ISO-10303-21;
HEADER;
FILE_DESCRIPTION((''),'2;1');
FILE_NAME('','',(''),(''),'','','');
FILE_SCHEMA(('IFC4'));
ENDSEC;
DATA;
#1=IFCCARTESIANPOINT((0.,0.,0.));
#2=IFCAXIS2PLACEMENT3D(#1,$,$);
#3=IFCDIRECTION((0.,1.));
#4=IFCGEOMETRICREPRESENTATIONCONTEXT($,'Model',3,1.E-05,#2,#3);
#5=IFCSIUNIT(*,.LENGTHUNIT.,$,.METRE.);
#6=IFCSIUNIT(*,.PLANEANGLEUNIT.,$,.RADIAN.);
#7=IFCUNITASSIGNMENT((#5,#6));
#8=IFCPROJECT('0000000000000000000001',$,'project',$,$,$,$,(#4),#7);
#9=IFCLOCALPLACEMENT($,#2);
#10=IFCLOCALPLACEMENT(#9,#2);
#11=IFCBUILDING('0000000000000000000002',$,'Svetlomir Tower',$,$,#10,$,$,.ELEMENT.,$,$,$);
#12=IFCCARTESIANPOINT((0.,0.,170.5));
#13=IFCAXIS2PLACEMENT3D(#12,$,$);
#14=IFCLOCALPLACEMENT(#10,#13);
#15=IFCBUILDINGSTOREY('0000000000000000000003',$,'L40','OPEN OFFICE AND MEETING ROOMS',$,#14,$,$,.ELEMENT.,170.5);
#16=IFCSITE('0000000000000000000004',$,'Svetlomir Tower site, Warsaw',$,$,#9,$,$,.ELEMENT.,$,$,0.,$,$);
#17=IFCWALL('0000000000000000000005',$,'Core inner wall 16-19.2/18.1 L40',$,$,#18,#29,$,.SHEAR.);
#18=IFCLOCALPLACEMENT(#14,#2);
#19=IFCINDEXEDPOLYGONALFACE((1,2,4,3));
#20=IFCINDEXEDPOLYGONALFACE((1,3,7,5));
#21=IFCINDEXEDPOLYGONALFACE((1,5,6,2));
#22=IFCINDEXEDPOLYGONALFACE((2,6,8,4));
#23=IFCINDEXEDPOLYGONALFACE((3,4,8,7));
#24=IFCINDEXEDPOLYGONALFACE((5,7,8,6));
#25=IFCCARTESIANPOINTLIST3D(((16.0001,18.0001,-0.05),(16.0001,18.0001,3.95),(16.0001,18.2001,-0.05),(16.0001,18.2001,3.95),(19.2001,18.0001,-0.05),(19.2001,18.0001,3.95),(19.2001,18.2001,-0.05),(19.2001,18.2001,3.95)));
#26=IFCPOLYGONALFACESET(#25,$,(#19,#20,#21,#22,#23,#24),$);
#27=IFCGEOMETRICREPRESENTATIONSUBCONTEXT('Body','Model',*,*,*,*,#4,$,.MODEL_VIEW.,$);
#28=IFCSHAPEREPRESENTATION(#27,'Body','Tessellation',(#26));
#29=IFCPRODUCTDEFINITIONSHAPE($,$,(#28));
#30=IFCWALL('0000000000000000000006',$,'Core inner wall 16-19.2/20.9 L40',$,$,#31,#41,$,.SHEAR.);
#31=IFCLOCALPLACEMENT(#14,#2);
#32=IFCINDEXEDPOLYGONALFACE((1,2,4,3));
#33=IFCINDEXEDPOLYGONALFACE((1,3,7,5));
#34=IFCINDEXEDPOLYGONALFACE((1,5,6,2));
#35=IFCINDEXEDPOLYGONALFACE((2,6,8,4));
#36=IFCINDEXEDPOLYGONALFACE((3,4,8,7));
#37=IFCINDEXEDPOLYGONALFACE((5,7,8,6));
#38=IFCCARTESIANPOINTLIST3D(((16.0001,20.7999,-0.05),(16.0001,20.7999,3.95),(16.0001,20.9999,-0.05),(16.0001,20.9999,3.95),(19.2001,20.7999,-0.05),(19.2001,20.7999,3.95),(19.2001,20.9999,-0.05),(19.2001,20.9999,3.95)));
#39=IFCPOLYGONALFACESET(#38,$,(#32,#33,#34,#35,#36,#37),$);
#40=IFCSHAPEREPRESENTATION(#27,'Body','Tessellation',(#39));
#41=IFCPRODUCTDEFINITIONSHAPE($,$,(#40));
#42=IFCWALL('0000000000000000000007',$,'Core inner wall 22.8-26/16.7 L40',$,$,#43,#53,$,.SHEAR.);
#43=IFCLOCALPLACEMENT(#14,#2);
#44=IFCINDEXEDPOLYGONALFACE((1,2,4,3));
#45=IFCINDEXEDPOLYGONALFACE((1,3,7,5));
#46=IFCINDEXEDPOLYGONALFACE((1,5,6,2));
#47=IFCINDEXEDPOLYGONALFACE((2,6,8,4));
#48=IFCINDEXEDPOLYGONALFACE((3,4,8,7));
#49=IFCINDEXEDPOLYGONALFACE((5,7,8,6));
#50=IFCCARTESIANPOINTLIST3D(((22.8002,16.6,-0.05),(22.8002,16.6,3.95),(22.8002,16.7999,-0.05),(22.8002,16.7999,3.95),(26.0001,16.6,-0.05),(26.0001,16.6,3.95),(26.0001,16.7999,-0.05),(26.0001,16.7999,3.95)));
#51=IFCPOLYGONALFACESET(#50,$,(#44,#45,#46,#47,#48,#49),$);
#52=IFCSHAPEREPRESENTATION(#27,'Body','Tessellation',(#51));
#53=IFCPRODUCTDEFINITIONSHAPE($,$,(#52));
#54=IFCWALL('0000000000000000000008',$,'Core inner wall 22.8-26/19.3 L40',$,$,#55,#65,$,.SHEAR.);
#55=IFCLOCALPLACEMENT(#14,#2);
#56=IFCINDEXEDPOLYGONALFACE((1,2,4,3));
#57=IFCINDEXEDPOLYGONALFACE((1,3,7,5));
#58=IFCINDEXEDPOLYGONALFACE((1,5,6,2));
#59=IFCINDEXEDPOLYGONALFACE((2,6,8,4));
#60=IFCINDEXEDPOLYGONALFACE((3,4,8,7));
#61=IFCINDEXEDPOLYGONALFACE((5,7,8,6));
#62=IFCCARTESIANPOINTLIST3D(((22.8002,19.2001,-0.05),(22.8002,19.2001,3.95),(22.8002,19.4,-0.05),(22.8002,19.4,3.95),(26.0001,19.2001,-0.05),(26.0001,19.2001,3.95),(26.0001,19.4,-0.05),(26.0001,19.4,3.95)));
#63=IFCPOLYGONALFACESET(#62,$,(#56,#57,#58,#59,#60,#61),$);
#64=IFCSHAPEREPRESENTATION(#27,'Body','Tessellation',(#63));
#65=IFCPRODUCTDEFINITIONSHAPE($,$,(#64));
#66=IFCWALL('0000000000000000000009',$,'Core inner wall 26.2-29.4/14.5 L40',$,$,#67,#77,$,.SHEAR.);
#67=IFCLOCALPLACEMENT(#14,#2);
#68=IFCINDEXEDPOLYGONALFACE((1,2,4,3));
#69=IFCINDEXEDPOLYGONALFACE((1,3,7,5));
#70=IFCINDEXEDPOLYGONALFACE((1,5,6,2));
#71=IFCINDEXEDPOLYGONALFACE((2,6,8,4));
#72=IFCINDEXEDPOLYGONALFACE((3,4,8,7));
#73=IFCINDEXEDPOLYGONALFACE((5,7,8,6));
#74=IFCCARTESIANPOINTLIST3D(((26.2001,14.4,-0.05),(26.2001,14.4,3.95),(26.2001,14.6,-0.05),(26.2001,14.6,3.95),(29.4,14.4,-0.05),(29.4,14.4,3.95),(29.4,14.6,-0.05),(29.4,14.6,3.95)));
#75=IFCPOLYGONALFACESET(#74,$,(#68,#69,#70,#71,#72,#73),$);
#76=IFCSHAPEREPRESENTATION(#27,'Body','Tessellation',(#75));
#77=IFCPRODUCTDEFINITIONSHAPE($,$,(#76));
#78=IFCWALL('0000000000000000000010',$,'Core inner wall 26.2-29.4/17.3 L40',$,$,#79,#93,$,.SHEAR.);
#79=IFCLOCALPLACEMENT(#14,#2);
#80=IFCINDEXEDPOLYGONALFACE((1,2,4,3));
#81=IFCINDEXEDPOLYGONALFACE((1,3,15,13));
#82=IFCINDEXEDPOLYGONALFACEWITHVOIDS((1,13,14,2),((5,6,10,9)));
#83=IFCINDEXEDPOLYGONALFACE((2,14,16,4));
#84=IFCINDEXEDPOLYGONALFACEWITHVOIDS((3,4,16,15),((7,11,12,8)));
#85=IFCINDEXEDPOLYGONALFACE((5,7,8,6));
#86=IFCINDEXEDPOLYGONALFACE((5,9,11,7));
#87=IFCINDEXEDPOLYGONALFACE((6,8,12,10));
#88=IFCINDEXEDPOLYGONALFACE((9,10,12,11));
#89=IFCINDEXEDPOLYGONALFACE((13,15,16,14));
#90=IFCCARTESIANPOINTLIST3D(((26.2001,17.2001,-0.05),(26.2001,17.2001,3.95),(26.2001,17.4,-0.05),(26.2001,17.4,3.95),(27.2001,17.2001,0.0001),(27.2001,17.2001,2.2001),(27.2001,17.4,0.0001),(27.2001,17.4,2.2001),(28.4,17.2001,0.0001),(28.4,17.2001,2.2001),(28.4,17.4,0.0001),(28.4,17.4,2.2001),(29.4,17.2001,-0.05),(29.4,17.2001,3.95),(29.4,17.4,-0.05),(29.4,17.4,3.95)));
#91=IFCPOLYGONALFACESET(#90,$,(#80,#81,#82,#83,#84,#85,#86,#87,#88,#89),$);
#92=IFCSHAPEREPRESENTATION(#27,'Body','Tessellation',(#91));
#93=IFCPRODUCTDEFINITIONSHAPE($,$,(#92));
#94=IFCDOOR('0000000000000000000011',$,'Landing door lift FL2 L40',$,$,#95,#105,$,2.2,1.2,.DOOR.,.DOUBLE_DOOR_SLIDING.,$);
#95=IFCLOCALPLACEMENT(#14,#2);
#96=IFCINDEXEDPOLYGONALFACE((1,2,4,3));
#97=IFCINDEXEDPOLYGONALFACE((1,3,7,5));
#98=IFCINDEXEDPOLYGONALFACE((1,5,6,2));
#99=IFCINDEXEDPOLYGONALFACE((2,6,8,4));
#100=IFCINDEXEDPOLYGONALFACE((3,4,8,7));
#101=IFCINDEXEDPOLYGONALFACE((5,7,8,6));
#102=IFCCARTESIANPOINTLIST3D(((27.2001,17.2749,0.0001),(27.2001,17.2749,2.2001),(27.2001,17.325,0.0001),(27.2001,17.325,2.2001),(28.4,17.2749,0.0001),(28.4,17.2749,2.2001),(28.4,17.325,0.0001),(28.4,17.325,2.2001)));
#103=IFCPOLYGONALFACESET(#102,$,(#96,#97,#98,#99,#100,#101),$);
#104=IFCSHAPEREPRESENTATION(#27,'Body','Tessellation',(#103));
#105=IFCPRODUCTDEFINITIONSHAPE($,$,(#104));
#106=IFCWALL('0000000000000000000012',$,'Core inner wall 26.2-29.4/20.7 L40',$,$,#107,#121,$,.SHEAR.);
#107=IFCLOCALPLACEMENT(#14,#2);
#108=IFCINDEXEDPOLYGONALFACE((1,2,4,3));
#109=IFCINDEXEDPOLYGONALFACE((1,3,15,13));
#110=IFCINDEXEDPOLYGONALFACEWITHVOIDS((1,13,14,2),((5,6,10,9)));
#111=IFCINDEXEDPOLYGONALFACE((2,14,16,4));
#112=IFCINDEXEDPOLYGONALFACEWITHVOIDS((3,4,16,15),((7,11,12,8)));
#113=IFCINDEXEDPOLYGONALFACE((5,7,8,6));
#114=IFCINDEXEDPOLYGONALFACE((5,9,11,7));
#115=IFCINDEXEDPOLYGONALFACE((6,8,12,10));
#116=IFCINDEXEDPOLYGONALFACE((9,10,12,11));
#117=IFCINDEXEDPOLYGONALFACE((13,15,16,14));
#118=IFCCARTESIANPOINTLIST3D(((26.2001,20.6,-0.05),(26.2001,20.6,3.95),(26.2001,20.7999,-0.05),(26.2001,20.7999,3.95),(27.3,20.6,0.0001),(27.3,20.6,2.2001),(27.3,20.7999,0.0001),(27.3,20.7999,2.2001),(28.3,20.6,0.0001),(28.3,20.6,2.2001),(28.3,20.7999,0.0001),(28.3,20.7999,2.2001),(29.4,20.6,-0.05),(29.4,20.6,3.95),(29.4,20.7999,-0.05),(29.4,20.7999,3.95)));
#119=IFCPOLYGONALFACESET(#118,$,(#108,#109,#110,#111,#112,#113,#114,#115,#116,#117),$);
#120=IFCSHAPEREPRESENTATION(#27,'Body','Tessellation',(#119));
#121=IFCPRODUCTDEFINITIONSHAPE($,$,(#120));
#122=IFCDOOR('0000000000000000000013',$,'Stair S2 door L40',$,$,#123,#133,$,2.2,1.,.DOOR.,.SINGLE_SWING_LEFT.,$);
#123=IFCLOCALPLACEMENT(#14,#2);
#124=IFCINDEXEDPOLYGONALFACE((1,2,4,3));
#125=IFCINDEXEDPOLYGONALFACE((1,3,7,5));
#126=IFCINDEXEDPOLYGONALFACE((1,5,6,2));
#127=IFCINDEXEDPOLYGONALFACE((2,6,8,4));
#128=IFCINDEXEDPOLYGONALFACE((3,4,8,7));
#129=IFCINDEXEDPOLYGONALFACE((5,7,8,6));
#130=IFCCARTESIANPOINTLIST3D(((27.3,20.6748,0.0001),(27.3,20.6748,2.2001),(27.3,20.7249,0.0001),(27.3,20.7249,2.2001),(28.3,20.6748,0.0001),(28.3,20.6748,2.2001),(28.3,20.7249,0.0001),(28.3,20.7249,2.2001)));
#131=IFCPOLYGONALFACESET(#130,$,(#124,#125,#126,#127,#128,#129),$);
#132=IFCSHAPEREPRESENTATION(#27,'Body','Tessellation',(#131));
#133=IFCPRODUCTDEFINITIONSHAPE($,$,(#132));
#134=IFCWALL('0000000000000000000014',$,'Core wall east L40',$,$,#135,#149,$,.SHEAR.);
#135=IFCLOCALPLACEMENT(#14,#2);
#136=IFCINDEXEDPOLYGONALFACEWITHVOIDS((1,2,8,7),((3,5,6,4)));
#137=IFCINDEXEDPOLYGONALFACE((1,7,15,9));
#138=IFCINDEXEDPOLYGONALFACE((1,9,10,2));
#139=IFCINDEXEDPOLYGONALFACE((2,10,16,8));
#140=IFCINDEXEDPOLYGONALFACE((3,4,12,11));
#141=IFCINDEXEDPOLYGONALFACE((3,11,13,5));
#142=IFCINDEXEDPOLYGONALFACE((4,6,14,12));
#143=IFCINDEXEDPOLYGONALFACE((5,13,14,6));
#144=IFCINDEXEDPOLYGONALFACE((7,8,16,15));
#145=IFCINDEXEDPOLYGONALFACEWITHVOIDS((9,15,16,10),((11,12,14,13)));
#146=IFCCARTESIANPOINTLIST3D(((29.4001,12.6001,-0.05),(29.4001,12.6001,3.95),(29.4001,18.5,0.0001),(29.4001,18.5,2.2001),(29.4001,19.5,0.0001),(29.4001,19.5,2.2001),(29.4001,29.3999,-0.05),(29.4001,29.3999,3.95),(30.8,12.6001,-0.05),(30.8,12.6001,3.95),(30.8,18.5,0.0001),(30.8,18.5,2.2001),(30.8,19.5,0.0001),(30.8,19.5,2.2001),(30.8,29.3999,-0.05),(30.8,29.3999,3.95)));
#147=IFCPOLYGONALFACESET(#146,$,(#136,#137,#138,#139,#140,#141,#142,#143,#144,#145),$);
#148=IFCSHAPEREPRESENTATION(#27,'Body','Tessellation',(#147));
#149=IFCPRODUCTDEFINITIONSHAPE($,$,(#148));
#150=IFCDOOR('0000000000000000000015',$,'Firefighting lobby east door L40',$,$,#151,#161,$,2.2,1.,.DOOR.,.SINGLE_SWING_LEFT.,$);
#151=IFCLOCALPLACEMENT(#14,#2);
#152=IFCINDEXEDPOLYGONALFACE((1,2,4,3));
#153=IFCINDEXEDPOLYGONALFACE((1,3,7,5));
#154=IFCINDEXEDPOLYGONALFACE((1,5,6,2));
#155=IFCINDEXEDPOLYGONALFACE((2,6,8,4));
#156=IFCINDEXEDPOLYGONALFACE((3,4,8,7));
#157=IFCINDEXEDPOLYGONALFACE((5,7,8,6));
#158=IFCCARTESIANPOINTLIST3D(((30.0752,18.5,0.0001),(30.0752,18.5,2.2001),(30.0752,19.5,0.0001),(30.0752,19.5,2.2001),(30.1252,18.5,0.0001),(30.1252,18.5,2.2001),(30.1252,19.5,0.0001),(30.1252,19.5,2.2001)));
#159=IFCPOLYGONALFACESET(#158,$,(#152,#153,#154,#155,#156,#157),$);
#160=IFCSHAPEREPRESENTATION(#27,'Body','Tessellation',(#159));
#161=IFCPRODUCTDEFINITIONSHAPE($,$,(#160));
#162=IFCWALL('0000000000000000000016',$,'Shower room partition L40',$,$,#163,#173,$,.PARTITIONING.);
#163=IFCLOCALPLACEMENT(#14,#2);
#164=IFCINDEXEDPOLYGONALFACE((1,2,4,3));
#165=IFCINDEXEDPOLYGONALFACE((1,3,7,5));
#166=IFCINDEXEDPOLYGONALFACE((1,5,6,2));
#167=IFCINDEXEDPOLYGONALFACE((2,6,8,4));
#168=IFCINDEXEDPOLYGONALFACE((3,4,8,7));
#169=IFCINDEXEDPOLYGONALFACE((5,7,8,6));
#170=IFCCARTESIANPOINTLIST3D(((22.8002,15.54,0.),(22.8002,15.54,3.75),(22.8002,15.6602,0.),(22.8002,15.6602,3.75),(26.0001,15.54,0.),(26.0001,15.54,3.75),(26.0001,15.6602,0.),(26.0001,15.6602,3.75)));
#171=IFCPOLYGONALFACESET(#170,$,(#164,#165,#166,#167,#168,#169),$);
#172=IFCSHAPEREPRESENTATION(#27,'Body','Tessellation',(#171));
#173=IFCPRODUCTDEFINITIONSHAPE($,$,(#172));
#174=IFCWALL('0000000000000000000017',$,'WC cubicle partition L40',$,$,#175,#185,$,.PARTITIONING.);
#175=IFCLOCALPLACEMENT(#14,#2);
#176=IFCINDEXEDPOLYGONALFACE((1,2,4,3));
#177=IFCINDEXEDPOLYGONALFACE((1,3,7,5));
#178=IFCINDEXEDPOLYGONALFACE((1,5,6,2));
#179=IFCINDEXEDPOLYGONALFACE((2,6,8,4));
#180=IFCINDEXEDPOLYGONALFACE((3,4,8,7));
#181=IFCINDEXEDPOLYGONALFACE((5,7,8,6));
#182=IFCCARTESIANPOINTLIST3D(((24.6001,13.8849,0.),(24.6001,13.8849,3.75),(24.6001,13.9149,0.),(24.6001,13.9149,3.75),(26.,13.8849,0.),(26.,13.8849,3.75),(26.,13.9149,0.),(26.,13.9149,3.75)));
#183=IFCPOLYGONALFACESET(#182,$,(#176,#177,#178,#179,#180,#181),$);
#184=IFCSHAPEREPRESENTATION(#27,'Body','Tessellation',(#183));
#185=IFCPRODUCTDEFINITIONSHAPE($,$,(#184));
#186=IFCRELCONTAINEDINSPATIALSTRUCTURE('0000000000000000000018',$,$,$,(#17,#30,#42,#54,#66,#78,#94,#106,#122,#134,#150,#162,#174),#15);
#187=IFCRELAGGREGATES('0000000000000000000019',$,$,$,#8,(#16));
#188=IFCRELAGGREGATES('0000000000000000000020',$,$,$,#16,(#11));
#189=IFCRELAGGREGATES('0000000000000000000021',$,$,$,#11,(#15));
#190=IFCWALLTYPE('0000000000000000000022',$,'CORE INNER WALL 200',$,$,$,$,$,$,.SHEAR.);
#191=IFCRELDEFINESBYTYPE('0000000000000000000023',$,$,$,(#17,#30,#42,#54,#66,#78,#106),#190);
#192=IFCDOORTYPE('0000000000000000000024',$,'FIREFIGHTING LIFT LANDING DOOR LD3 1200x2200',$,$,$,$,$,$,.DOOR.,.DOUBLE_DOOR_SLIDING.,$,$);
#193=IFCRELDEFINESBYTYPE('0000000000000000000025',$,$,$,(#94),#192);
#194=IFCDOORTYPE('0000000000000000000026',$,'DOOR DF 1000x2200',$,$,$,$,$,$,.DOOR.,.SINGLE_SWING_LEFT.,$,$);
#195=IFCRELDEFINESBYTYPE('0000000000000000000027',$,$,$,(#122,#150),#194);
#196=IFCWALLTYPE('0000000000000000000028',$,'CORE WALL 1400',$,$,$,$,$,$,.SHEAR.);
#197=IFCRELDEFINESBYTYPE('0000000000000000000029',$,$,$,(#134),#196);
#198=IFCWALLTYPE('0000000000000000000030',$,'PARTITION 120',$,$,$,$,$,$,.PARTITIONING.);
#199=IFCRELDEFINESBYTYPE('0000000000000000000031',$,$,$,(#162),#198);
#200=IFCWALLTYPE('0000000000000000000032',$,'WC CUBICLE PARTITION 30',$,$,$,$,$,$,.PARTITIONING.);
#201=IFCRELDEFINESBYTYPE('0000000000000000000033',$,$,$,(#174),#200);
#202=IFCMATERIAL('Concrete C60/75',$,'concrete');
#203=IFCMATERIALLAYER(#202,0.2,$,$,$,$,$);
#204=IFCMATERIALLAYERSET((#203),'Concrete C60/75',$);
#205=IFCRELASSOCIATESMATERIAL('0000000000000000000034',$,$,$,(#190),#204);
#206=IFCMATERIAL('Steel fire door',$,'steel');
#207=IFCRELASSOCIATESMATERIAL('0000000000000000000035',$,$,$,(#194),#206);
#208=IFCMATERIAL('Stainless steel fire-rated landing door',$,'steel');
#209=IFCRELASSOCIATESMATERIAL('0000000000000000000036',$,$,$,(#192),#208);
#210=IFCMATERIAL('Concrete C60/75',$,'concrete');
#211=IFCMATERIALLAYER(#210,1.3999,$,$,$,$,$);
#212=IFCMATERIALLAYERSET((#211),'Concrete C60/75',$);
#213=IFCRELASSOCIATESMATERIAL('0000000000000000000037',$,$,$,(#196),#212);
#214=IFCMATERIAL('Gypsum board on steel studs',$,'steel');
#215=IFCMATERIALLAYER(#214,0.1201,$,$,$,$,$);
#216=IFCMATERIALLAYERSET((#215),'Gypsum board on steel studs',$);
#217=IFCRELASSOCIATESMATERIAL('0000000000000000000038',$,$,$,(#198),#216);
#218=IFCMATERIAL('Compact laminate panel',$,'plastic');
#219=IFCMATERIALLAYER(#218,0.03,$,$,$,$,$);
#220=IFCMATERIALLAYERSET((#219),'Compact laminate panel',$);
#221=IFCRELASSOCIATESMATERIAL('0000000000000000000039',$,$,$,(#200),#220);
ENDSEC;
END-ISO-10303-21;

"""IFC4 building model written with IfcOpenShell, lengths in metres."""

from ifc_helpers import new_model, si_unit, direction, frame, frame_2d, origin, place, context, subcontext, project, spatial, rectangle, extrude, material, layer, layer_set, type_object, element, fill, save


model = new_model("IFC4")

# Units and contexts
model_context = context("Model", 3, precision=1e-05, world=origin(), true_north=direction((0.0, 1.0)))
body_context = subcontext(model_context, "Body", "Model", "MODEL_VIEW")
ifc_project = project(units=[si_unit("LENGTHUNIT", "METRE"), si_unit("PLANEANGLEUNIT", "RADIAN")], contexts=[model_context])

# Site, building, storey
site_placement = place(None, origin())
site = spatial("IfcSite", under=ifc_project, at=site_placement, Name="Svetlomir Tower site, Warsaw", CompositionType="ELEMENT", RefElevation=0.0)
building_placement = place(site_placement, origin())
building = spatial("IfcBuilding", under=site, at=building_placement, Name="Svetlomir Tower", CompositionType="ELEMENT")
storey_placement = place(building_placement, frame((0.0, 0.0, 170.5)))
storey = spatial("IfcBuildingStorey", under=building, at=storey_placement, Name="L40", Description="OPEN OFFICE AND MEETING ROOMS", CompositionType="ELEMENT", Elevation=170.5)

# Shared definitions
ifc_material_1 = material(Name="Concrete C60/75", Category="concrete")
ifc_layer_1 = layer(ifc_material_1, 0.2)
ifc_layer_set_1 = layer_set([ifc_layer_1], Name="Concrete C60/75")
wall_type_1 = type_object("IfcWallType", Name="CORE INNER WALL 200", PredefinedType="SHEAR", material=ifc_layer_set_1)

# Shared definitions
ifc_material_2 = material(Name="Steel fire door", Category="steel")
door_type_1 = type_object("IfcDoorType", Name="DOOR DF 1000x2200", OperationType="SINGLE_SWING_LEFT", PredefinedType="DOOR", material=ifc_material_2)

# Walls
for number, where, z_axis, x_axis, name in (
    (1, (16.0, 18.1001, -0.05), (0.0, 0.0, 1.0), (1.0, 0.0, 0.0), "Core inner wall 16-19.2/18.1 L40"),
    (2, (16.0, 20.8999, -0.05), (0.0, 0.0, 1.0), (1.0, 0.0, 0.0), "Core inner wall 16-19.2/20.9 L40"),
    (3, (22.8, 16.7, -0.05), (0.0, 0.0, 1.0), (1.0, 0.0, 0.0), "Core inner wall 22.8-26/16.7 L40"),
    (4, (22.8, 19.3, -0.05), (0.0, 0.0, 1.0), (1.0, 0.0, 0.0), "Core inner wall 22.8-26/19.3 L40"),
    (5, (26.2, 14.5, -0.05), (0.0, 0.0, 1.0), (1.0, 0.0, 0.0), "Core inner wall 26.2-29.4/14.5 L40"),
):
    element("IfcWall", number, at=place(storey_placement, frame(where, z_axis=z_axis, x_axis=x_axis)), inside=storey, type_object=wall_type_1, Name=name, PredefinedType="SHEAR", context=body_context, shape_type="SweptSolid", body=[
        extrude(rectangle(XDim=3.2, YDim=0.2, at=frame_2d((1.6001, 0.0))), origin(), (0.0, 0.0, 1.0), 4.0),
    ])

# Walls, openings, doors
wall_1_placement = place(storey_placement, frame((26.2, 17.3, -0.05), z_axis=(0.0, 0.0, 1.0), x_axis=(1.0, 0.0, 0.0)))
wall_1 = element("IfcWall", 6, at=wall_1_placement, inside=storey, type_object=wall_type_1, Name="Core inner wall 26.2-29.4/17.3 L40", PredefinedType="SHEAR", context=body_context, shape_type="SweptSolid", body=[
    extrude(rectangle(XDim=3.2, YDim=0.2, at=frame_2d((1.6001, 0.0))), origin(), (0.0, 0.0, 1.0), 4.0),
])
opening_1_placement = place(wall_1_placement, frame((1.0, 0.0, 0.05)))
opening_1 = element("IfcOpeningElement", 7, at=opening_1_placement, cuts=wall_1, PredefinedType="OPENING", context=body_context, shape_type="SweptSolid", body=[
    extrude(rectangle(XDim=1.2, YDim=2.2, at=frame_2d((0.6001, 1.1001))), frame((0.0, 0.1099, 0.0), z_axis=(0.0, -1.0, 0.0), x_axis=(1.0, 0.0, 0.0)), (0.0, 0.0, 1.0), 0.22),
])
ifc_material_3 = material(Name="Stainless steel fire-rated landing door", Category="steel")
door_type_2 = type_object("IfcDoorType", Name="FIREFIGHTING LIFT LANDING DOOR LD3 1200x2200", OperationType="DOUBLE_DOOR_SLIDING", PredefinedType="DOOR", material=ifc_material_3)
door_1_placement = place(opening_1_placement, origin())
door_1 = element("IfcDoor", 8, at=door_1_placement, inside=storey, type_object=door_type_2, Name="Landing door lift FL2 L40", OperationType="DOUBLE_DOOR_SLIDING", OverallHeight=2.2, OverallWidth=1.2, PredefinedType="DOOR", context=body_context, shape_type="SweptSolid", body=[
    extrude(rectangle(XDim=1.2, YDim=2.2, at=frame_2d((0.6001, 1.1001))), frame((0.0, 0.0249, 0.0), z_axis=(0.0, -1.0, 0.0), x_axis=(1.0, 0.0, 0.0)), (0.0, 0.0, 1.0), 0.05),
])
fill(opening_1, door_1)
wall_2_placement = place(storey_placement, frame((26.2, 20.7, -0.05), z_axis=(0.0, 0.0, 1.0), x_axis=(1.0, 0.0, 0.0)))
wall_2 = element("IfcWall", 9, at=wall_2_placement, inside=storey, type_object=wall_type_1, Name="Core inner wall 26.2-29.4/20.7 L40", PredefinedType="SHEAR", context=body_context, shape_type="SweptSolid", body=[
    extrude(rectangle(XDim=3.2, YDim=0.2, at=frame_2d((1.6001, 0.0))), origin(), (0.0, 0.0, 1.0), 4.0),
])
opening_2_placement = place(wall_2_placement, frame((1.1001, 0.0, 0.05)))
opening_2 = element("IfcOpeningElement", 10, at=opening_2_placement, cuts=wall_2, PredefinedType="OPENING", context=body_context, shape_type="SweptSolid", body=[
    extrude(rectangle(XDim=1.0, YDim=2.2, at=frame_2d((0.5, 1.1001))), frame((0.0, 0.1099, 0.0), z_axis=(0.0, -1.0, 0.0), x_axis=(1.0, 0.0, 0.0)), (0.0, 0.0, 1.0), 0.22),
])
door_2_placement = place(opening_2_placement, origin())
door_2 = element("IfcDoor", 11, at=door_2_placement, inside=storey, type_object=door_type_1, Name="Stair S2 door L40", OperationType="SINGLE_SWING_LEFT", OverallHeight=2.2, OverallWidth=1.0, PredefinedType="DOOR", context=body_context, shape_type="SweptSolid", body=[
    extrude(rectangle(XDim=1.0, YDim=2.2, at=frame_2d((0.5, 1.1001))), frame((0.0, 0.0249, 0.0), z_axis=(0.0, -1.0, 0.0), x_axis=(1.0, 0.0, 0.0)), (0.0, 0.0, 1.0), 0.05),
])
fill(opening_2, door_2)
ifc_material_4 = material(Name="Concrete C60/75", Category="concrete")
ifc_layer_2 = layer(ifc_material_4, 1.3999)
ifc_layer_set_2 = layer_set([ifc_layer_2], Name="Concrete C60/75")
wall_type_2 = type_object("IfcWallType", Name="CORE WALL 1400", PredefinedType="SHEAR", material=ifc_layer_set_2)
wall_3_placement = place(storey_placement, frame((30.1001, 12.6001, -0.05), z_axis=(0.0, 0.0, 1.0), x_axis=(0.0, 1.0, 0.0)))
wall_3 = element("IfcWall", 12, at=wall_3_placement, inside=storey, type_object=wall_type_2, Name="Core wall east L40", PredefinedType="SHEAR", context=body_context, shape_type="SweptSolid", body=[
    extrude(rectangle(XDim=16.7998, YDim=1.3999, at=frame_2d((8.3999, 0.0))), origin(), (0.0, 0.0, 1.0), 4.0),
])
opening_3_placement = place(wall_3_placement, frame((5.8999, 0.0, 0.05)))
opening_3 = element("IfcOpeningElement", 13, at=opening_3_placement, cuts=wall_3, PredefinedType="OPENING", context=body_context, shape_type="SweptSolid", body=[
    extrude(rectangle(XDim=1.0, YDim=2.2, at=frame_2d((0.5, 1.1001))), frame((0.0, 0.71, 0.0), z_axis=(0.0, -1.0, 0.0), x_axis=(1.0, 0.0, 0.0)), (0.0, 0.0, 1.0), 1.4199),
])
door_3_placement = place(opening_3_placement, origin())
door_3 = element("IfcDoor", 14, at=door_3_placement, inside=storey, type_object=door_type_1, Name="Firefighting lobby east door L40", OperationType="SINGLE_SWING_LEFT", OverallHeight=2.2, OverallWidth=1.0, PredefinedType="DOOR", context=body_context, shape_type="SweptSolid", body=[
    extrude(rectangle(XDim=1.0, YDim=2.2, at=frame_2d((0.5, 1.1001))), frame((0.0, 0.0249, 0.0), z_axis=(0.0, -1.0, 0.0), x_axis=(1.0, 0.0, 0.0)), (0.0, 0.0, 1.0), 0.05),
])
fill(opening_3, door_3)

# Walls
ifc_material_5 = material(Name="Gypsum board on steel studs", Category="steel")
ifc_layer_3 = layer(ifc_material_5, 0.1201)
ifc_layer_set_3 = layer_set([ifc_layer_3], Name="Gypsum board on steel studs")
wall_type_3 = type_object("IfcWallType", Name="PARTITION 120", PredefinedType="PARTITIONING", material=ifc_layer_set_3)
wall_4_placement = place(storey_placement, frame((22.8, 15.6001, 0.0), z_axis=(0.0, 0.0, 1.0), x_axis=(1.0, 0.0, 0.0)))
element("IfcWall", 15, at=wall_4_placement, inside=storey, type_object=wall_type_3, Name="Shower room partition L40", PredefinedType="PARTITIONING", context=body_context, shape_type="SweptSolid", body=[
    extrude(rectangle(XDim=3.2, YDim=0.1201, at=frame_2d((1.6001, 0.0))), origin(), (0.0, 0.0, 1.0), 3.75),
])
ifc_material_6 = material(Name="Compact laminate panel", Category="plastic")
ifc_layer_4 = layer(ifc_material_6, 0.03)
ifc_layer_set_4 = layer_set([ifc_layer_4], Name="Compact laminate panel")
wall_type_4 = type_object("IfcWallType", Name="WC CUBICLE PARTITION 30", PredefinedType="PARTITIONING", material=ifc_layer_set_4)
wall_5_placement = place(storey_placement, frame((24.6001, 13.8999, 0.0), z_axis=(0.0, 0.0, 1.0), x_axis=(1.0, 0.0, 0.0)))
element("IfcWall", 16, at=wall_5_placement, inside=storey, type_object=wall_type_4, Name="WC cubicle partition L40", PredefinedType="PARTITIONING", context=body_context, shape_type="SweptSolid", body=[
    extrude(rectangle(XDim=1.3999, YDim=0.03, at=frame_2d((0.7, 0.0))), origin(), (0.0, 0.0, 1.0), 3.75),
])

save(model, "model.ifc")
